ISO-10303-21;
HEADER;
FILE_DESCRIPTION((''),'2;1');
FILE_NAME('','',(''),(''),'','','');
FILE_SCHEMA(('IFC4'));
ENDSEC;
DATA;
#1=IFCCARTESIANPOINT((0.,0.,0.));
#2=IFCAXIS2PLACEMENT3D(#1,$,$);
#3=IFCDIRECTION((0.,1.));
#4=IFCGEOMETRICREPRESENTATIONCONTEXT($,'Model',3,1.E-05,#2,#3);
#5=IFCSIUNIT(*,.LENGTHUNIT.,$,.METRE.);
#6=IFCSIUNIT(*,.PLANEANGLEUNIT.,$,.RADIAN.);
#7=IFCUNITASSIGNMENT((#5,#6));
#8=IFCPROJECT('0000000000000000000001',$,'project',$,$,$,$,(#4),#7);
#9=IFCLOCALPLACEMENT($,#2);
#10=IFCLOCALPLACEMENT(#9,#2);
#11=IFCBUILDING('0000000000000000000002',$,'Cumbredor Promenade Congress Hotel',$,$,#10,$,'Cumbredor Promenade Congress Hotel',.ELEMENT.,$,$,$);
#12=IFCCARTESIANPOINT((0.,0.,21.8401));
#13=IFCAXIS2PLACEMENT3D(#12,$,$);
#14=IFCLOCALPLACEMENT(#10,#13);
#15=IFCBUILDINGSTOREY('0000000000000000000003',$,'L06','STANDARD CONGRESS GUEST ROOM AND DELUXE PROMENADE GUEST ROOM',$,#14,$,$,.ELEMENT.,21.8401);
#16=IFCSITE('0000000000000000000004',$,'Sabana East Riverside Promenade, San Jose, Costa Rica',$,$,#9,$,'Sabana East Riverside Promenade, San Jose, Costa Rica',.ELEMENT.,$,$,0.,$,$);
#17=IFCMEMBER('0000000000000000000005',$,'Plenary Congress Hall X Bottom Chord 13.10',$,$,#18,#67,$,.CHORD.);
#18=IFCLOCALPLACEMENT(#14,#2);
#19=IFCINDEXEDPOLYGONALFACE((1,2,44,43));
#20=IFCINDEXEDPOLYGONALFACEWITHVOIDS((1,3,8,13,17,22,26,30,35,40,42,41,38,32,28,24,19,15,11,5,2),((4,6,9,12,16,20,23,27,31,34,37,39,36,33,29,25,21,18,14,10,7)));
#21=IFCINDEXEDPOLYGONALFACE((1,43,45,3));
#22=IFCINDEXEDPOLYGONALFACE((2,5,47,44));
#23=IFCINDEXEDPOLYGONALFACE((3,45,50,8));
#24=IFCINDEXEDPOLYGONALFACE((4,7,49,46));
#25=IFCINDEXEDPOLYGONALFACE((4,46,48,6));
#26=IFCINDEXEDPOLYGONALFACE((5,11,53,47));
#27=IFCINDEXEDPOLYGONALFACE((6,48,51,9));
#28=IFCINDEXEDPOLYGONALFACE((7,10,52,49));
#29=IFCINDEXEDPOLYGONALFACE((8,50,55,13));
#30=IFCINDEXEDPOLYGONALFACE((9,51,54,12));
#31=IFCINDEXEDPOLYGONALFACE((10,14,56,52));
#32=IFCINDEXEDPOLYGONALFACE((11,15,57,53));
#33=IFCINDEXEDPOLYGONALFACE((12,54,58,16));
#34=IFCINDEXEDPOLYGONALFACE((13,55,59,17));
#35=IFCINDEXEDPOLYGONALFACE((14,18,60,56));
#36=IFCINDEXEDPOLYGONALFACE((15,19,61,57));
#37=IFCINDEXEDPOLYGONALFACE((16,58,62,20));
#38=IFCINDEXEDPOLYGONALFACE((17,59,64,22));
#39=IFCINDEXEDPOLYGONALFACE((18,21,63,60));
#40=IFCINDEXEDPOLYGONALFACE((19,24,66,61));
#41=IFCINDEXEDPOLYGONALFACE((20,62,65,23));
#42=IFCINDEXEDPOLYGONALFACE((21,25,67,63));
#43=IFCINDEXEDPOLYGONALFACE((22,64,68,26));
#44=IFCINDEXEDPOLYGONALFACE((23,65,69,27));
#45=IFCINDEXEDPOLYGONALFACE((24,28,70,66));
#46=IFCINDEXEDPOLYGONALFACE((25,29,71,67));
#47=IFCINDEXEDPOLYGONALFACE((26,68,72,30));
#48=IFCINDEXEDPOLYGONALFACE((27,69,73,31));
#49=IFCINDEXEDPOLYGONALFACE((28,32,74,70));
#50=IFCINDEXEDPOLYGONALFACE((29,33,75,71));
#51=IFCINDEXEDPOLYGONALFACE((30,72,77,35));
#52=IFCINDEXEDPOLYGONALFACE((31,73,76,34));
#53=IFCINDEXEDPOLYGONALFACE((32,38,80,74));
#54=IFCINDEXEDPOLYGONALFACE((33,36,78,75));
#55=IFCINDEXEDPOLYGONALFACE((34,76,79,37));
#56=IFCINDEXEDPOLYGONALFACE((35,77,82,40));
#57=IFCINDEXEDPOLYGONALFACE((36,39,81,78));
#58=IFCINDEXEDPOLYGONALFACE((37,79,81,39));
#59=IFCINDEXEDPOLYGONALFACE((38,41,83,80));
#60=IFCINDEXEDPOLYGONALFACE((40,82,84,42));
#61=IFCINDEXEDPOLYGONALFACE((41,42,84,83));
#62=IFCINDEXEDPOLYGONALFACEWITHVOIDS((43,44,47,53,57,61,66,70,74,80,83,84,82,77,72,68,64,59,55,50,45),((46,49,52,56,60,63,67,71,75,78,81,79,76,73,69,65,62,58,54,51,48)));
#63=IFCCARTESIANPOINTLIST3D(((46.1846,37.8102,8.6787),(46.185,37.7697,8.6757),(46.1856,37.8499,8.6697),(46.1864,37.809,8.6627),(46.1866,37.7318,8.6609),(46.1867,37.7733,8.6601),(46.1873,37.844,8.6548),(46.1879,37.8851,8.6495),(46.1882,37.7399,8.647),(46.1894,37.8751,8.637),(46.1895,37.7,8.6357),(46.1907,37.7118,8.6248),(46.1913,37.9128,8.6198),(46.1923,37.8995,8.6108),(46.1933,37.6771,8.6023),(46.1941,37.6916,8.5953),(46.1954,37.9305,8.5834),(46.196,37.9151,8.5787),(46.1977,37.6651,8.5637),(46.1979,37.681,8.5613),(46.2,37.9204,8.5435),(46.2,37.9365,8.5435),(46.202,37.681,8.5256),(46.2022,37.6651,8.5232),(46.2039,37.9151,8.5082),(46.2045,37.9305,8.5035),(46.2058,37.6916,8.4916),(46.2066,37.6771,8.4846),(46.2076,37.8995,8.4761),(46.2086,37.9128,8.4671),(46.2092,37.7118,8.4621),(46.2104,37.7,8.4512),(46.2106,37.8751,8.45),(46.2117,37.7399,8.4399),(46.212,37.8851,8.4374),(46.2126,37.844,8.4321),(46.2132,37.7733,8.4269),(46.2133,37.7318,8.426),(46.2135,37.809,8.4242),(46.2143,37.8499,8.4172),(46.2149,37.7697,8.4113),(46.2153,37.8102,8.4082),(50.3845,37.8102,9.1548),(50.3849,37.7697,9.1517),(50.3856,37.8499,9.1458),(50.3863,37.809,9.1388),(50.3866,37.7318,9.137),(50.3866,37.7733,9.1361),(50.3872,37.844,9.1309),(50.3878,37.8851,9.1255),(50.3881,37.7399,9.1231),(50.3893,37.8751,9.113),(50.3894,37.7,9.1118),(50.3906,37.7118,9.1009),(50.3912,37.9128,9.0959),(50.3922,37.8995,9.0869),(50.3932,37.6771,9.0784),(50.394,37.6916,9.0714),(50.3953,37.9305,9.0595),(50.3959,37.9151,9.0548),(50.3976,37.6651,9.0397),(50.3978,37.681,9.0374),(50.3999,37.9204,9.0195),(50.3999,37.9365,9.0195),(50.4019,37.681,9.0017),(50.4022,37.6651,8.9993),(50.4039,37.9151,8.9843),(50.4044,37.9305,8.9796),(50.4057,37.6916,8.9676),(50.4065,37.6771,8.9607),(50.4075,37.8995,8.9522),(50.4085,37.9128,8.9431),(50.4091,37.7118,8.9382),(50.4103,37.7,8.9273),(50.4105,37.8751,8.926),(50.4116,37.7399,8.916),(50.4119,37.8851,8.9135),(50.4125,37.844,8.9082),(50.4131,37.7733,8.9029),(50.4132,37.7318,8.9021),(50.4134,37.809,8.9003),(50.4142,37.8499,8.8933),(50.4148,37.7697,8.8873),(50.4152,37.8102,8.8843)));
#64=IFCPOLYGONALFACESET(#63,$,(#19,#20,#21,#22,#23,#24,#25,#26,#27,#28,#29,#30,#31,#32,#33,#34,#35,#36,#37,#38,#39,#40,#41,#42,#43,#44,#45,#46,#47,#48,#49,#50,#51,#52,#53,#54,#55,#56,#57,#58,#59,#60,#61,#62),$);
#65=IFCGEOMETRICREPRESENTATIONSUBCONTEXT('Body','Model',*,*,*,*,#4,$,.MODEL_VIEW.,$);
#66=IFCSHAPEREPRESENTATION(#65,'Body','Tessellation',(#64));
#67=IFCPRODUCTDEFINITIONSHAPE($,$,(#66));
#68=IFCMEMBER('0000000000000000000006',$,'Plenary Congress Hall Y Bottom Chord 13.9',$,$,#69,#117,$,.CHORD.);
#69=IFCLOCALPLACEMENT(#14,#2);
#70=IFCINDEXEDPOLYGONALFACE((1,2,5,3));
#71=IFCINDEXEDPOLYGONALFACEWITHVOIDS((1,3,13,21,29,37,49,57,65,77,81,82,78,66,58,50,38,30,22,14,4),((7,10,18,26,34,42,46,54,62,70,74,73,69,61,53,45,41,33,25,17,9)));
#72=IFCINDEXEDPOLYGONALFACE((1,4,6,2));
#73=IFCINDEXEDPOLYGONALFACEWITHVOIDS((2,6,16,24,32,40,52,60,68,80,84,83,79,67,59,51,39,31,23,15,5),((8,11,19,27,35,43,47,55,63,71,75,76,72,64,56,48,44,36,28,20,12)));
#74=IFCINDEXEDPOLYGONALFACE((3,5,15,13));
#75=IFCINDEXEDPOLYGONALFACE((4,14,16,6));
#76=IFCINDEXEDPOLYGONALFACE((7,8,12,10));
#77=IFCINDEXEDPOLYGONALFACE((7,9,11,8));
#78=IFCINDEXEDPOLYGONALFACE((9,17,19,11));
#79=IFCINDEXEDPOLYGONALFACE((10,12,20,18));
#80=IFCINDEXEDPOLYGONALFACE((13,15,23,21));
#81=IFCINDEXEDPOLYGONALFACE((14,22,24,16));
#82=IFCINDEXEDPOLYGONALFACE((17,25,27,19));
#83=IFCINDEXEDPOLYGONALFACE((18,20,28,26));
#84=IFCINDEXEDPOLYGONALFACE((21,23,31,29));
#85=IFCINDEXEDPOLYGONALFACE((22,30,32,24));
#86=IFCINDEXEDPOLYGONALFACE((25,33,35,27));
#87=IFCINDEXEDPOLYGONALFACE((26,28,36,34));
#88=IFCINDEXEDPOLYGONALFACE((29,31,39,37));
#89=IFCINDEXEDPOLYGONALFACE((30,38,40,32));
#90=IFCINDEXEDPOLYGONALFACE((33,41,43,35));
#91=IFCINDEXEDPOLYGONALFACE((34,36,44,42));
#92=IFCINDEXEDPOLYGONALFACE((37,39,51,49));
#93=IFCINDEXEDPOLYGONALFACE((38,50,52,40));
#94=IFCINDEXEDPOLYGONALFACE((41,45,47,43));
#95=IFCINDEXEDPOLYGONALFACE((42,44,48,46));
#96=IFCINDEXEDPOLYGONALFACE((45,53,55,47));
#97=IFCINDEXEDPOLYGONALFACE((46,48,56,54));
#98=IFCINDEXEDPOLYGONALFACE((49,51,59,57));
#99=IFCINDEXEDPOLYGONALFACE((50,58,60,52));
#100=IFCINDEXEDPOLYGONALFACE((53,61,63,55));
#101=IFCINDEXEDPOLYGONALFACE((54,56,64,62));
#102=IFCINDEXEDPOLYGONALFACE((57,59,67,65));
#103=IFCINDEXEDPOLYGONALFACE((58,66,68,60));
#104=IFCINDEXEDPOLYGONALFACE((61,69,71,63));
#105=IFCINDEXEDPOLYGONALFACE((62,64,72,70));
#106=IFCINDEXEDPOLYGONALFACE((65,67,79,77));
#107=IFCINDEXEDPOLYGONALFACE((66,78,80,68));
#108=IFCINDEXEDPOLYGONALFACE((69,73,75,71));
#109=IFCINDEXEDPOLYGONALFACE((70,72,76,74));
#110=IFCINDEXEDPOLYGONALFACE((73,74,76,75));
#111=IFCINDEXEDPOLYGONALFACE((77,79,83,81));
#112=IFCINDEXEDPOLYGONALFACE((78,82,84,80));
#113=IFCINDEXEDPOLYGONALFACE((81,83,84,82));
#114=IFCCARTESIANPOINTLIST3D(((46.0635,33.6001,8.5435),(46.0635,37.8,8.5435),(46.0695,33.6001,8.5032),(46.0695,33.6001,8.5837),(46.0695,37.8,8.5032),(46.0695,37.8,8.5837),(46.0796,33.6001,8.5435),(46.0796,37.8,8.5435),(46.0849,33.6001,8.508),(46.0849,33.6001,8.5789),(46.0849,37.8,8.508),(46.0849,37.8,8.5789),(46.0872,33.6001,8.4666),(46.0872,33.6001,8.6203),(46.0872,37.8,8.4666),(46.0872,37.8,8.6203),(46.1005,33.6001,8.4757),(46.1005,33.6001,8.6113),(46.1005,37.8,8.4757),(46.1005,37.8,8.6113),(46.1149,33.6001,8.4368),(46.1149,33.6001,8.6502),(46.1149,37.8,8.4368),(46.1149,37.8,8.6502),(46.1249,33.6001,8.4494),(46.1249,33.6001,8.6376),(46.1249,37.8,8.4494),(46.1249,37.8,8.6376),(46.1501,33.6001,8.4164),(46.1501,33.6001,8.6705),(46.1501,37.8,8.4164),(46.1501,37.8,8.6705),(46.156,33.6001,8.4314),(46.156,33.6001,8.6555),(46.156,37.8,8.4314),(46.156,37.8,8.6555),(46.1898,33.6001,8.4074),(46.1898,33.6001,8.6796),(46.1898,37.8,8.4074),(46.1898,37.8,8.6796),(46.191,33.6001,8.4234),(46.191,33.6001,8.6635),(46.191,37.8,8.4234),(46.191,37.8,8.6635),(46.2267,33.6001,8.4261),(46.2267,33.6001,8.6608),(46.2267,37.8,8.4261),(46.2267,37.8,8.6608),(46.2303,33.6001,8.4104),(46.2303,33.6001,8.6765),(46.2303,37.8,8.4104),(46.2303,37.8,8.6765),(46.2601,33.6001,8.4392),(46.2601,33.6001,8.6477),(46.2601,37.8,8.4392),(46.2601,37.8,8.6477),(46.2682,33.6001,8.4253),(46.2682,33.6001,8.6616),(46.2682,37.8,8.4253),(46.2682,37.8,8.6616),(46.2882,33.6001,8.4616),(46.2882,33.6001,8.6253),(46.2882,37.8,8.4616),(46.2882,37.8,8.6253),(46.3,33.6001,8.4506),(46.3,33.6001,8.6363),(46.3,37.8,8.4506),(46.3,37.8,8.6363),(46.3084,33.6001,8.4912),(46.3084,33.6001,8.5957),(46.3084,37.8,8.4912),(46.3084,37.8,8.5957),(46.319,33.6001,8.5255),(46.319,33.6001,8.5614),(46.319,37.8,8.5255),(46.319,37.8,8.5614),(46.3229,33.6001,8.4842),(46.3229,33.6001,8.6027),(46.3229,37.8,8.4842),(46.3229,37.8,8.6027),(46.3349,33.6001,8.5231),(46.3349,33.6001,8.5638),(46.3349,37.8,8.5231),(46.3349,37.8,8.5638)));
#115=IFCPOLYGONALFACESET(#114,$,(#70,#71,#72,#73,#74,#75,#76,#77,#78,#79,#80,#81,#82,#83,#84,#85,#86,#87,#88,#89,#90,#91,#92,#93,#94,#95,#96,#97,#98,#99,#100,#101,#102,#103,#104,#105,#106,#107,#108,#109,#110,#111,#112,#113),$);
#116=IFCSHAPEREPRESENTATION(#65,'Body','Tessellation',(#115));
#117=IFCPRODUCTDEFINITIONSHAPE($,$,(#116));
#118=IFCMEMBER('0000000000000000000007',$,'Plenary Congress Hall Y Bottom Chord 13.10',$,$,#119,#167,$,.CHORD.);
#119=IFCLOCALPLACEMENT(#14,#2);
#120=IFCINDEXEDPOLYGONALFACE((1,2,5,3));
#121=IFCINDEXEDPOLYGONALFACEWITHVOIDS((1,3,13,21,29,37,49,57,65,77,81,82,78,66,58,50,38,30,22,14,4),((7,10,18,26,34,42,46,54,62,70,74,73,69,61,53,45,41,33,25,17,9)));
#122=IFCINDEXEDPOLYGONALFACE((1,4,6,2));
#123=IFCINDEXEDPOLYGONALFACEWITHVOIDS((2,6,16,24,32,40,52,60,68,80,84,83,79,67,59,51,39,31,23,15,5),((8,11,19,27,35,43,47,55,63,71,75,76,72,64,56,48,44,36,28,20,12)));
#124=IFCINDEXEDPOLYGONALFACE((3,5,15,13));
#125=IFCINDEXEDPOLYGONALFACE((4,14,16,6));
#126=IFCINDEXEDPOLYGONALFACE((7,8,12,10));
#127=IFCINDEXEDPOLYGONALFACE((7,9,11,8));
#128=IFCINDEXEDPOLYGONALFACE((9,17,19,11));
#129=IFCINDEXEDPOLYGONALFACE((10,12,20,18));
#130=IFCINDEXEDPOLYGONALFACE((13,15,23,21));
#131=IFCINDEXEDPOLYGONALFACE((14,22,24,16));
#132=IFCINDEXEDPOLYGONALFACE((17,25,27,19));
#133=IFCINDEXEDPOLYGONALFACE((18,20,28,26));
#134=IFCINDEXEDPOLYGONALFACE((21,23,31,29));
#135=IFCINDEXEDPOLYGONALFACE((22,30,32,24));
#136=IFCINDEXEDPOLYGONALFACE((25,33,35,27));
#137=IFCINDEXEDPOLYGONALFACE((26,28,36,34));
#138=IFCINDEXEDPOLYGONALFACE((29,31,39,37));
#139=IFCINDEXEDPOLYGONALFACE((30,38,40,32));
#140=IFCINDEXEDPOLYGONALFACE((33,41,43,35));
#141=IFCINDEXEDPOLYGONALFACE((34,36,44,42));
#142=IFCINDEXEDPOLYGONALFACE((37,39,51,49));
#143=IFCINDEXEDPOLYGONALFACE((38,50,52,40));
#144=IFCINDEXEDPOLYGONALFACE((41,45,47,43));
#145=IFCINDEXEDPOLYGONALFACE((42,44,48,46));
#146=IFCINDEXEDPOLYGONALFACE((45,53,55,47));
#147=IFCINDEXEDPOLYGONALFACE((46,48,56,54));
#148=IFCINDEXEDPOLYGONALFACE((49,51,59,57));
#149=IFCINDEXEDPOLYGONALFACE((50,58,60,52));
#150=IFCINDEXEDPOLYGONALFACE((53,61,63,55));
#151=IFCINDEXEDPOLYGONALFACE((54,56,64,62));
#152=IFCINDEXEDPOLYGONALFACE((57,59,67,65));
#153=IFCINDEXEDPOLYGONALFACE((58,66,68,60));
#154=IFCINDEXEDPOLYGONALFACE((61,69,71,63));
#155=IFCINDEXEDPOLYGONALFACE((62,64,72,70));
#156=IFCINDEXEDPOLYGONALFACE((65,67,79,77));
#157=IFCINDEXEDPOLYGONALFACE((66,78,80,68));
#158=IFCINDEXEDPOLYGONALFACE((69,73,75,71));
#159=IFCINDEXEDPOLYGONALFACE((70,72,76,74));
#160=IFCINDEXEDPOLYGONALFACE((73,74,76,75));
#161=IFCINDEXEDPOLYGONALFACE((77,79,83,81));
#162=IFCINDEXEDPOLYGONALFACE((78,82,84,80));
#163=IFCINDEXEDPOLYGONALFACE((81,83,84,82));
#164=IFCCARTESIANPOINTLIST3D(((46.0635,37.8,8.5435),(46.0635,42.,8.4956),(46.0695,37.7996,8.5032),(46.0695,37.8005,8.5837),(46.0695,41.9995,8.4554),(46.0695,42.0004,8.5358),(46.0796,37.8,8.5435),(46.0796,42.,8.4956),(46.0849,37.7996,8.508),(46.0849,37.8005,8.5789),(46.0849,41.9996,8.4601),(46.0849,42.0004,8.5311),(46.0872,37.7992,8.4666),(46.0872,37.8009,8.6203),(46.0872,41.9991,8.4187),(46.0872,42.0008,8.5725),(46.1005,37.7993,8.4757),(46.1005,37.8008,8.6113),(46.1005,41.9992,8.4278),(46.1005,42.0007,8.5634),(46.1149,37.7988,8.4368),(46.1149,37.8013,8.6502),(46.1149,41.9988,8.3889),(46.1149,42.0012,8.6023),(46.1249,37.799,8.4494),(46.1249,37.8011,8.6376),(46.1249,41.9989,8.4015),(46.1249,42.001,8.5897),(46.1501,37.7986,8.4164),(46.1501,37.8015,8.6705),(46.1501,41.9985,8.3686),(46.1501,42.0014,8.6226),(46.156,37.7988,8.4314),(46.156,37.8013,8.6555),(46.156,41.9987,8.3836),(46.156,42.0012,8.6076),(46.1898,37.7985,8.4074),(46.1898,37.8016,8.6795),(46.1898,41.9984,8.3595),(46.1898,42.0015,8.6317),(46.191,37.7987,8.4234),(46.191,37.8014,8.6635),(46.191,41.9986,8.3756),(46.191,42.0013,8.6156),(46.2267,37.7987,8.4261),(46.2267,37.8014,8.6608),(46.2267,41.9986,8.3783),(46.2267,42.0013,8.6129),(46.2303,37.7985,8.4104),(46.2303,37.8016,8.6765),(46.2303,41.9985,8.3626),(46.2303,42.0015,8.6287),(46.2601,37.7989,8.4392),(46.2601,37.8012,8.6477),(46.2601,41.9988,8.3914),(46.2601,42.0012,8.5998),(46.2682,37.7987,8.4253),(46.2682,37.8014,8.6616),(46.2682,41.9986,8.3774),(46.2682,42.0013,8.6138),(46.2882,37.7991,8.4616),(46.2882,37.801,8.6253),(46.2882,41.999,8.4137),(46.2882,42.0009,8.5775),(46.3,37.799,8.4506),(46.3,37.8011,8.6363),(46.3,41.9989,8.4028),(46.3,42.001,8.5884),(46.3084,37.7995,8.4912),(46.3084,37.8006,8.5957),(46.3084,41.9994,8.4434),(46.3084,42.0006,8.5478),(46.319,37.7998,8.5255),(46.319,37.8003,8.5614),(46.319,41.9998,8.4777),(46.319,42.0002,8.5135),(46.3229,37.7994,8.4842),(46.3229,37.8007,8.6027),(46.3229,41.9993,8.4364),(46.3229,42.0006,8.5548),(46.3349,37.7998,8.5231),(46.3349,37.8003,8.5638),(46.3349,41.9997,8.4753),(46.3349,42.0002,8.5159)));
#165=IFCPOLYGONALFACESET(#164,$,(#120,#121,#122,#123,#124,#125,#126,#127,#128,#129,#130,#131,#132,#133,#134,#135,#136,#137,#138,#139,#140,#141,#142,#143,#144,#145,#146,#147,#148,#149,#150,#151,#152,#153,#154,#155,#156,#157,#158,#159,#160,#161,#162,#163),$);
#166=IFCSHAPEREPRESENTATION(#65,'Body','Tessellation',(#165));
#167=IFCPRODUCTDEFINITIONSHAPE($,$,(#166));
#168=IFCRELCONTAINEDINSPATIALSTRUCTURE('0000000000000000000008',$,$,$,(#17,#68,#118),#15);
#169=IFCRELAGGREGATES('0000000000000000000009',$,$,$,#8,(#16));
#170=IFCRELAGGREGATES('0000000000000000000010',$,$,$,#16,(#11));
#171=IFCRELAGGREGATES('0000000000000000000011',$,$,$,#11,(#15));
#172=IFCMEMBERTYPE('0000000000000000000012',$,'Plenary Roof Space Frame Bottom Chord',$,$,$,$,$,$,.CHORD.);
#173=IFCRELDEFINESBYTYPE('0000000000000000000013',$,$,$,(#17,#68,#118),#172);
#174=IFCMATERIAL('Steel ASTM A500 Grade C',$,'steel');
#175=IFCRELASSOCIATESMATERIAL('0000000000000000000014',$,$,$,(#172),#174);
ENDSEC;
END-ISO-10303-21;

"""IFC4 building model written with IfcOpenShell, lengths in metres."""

from ifc_helpers import new_model, si_unit, direction, frame, origin, origin_2d, place, context, subcontext, project, spatial, hollow_circle, extrude, material, material_profile, profile_set, type_object, element, save


model = new_model("IFC4")

# Units and contexts
model_context = context("Model", 3, precision=1e-05, world=origin(), true_north=direction((0.0, 1.0)))
body_context = subcontext(model_context, "Body", "Model", "MODEL_VIEW")
ifc_project = project(units=[si_unit("LENGTHUNIT", "METRE"), si_unit("PLANEANGLEUNIT", "RADIAN")], contexts=[model_context])

# Site, building, storey
site_placement = place(None, origin())
site = spatial("IfcSite", under=ifc_project, at=site_placement, Name="Sabana East Riverside Promenade, San Jose, Costa Rica", LongName="Sabana East Riverside Promenade, San Jose, Costa Rica", CompositionType="ELEMENT", RefElevation=0.0)
building_placement = place(site_placement, origin())
building = spatial("IfcBuilding", under=site, at=building_placement, Name="Cumbredor Promenade Congress Hotel", LongName="Cumbredor Promenade Congress Hotel", CompositionType="ELEMENT")
storey_placement = place(building_placement, frame((0.0, 0.0, 21.8401)))
storey = spatial("IfcBuildingStorey", under=building, at=storey_placement, Name="L06", Description="STANDARD CONGRESS GUEST ROOM AND DELUXE PROMENADE GUEST ROOM", CompositionType="ELEMENT", Elevation=21.8401)

# Members
ifc_material_1 = material(Name="Steel ASTM A500 Grade C", Category="steel")
ifc_material_profile_1 = material_profile(ifc_material_1, hollow_circle(Radius=0.1365, WallThickness=0.0161, at=origin_2d()), Name="CHS 273.0x16")
ifc_profile_set_1 = profile_set([ifc_material_profile_1], Name="Steel ASTM A500 Grade C")
member_type_1 = type_object("IfcMemberType", Name="Plenary Roof Space Frame Bottom Chord", PredefinedType="CHORD", material=ifc_profile_set_1)
member_1_placement = place(storey_placement, frame((46.2, 37.8, 8.5435), z_axis=(0.993637, 0.0, 0.112631), x_axis=(0.0, 1.0, 0.0)))
element("IfcMember", 1, at=member_1_placement, inside=storey, type_object=member_type_1, Name="Plenary Congress Hall X Bottom Chord 13.10", PredefinedType="CHORD", context=body_context, shape_type="SweptSolid", body=[
    extrude(hollow_circle(Radius=0.1365, WallThickness=0.0161, at=origin_2d()), origin(), (0.0, 0.0, 1.0), 4.2268),
])
member_2_placement = place(storey_placement, frame((46.2, 33.6001, 8.5435), z_axis=(0.0, 1.0, 0.0), x_axis=(-1.0, 0.0, 0.0)))
element("IfcMember", 2, at=member_2_placement, inside=storey, type_object=member_type_1, Name="Plenary Congress Hall Y Bottom Chord 13.9", PredefinedType="CHORD", context=body_context, shape_type="SweptSolid", body=[
    extrude(hollow_circle(Radius=0.1365, WallThickness=0.0161, at=origin_2d()), origin(), (0.0, 0.0, 1.0), 4.2),
])
member_3_placement = place(storey_placement, frame((46.2, 37.8, 8.5435), z_axis=(0.0, 0.999935, -0.011393), x_axis=(-1.0, 0.0, 0.0)))
element("IfcMember", 3, at=member_3_placement, inside=storey, type_object=member_type_1, Name="Plenary Congress Hall Y Bottom Chord 13.10", PredefinedType="CHORD", context=body_context, shape_type="SweptSolid", body=[
    extrude(hollow_circle(Radius=0.1365, WallThickness=0.0161, at=origin_2d()), origin(), (0.0, 0.0, 1.0), 4.2002),
])

save(model, "model.ifc")
